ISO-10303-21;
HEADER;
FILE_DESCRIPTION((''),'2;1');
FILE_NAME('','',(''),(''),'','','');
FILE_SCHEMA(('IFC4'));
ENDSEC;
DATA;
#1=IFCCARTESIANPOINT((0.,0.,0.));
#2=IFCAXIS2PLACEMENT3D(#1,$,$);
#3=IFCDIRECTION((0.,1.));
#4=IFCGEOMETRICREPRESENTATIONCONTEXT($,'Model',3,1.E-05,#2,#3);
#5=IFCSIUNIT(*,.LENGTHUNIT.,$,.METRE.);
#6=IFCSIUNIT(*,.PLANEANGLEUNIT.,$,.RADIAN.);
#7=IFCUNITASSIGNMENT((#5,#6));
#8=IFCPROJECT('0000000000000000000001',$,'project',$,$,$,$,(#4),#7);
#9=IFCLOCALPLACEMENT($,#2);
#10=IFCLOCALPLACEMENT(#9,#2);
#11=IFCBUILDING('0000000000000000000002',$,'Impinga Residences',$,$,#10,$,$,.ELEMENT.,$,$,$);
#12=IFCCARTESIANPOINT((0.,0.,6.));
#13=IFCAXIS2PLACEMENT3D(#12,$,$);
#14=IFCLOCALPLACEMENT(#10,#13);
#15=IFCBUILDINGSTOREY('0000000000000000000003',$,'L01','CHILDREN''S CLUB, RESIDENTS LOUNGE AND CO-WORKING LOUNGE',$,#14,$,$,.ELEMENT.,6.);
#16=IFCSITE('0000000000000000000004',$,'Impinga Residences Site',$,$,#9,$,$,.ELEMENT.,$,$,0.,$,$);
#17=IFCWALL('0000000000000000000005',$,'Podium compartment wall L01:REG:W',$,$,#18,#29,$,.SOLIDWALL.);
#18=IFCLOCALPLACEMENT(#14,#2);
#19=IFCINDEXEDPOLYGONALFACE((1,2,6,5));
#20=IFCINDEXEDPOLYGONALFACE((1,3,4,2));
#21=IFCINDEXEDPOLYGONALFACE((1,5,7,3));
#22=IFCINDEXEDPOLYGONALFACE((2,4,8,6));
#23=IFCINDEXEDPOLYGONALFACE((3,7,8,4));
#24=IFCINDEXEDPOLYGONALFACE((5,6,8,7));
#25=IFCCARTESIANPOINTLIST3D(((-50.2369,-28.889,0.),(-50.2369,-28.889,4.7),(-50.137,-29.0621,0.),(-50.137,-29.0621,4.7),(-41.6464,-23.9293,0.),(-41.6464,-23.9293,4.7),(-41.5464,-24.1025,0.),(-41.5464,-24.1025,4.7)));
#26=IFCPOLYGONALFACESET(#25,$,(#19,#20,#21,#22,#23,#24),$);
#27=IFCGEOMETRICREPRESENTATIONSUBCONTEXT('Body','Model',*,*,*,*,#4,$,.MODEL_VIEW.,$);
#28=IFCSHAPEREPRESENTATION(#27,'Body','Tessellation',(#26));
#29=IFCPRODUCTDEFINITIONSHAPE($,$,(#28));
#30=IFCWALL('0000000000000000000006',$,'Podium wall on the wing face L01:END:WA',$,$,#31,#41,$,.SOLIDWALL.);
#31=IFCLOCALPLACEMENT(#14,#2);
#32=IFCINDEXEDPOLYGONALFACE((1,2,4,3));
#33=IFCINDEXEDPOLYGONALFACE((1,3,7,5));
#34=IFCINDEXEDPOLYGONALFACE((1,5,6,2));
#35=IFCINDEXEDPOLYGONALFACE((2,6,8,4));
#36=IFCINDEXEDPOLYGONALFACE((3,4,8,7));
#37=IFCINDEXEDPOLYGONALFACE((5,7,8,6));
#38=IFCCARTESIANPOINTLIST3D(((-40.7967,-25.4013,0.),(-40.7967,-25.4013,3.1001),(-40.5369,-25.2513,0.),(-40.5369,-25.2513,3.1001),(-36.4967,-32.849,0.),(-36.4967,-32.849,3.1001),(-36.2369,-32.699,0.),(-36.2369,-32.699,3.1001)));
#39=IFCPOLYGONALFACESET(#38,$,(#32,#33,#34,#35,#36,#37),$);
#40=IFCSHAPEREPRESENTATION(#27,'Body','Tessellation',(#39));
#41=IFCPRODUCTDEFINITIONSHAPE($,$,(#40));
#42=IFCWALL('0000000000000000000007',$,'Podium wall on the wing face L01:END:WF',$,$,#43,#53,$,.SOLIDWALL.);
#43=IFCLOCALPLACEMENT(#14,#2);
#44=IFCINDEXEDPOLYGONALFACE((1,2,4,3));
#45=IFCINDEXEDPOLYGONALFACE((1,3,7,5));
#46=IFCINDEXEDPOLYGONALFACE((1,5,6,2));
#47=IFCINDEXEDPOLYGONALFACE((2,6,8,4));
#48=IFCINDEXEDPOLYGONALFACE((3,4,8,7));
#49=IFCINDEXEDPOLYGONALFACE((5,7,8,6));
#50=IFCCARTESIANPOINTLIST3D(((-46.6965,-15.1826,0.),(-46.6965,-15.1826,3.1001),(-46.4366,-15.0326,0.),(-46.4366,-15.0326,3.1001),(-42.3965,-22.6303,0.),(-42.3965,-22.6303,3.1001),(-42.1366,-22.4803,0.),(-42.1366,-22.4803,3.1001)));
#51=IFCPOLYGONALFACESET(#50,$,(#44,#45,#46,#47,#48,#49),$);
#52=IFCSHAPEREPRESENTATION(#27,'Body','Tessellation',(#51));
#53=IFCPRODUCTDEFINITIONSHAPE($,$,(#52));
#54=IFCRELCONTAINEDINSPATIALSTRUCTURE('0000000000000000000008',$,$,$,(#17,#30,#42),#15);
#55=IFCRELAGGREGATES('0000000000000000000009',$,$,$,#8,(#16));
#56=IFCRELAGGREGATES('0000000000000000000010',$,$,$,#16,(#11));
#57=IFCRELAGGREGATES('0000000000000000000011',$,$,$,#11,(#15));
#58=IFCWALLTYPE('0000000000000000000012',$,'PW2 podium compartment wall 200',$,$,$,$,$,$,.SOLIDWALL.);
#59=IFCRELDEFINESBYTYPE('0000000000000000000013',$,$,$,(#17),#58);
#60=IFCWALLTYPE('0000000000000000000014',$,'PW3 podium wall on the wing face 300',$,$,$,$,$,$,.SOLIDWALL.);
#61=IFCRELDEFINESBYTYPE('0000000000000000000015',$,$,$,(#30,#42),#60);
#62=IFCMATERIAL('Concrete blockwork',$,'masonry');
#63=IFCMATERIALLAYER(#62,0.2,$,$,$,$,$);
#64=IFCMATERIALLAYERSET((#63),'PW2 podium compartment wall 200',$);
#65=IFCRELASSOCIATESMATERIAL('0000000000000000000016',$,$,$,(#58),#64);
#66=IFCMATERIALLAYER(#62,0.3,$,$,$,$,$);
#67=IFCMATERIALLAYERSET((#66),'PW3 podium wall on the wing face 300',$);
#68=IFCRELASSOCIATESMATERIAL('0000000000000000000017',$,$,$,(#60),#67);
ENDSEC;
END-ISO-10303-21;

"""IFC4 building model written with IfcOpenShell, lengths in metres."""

from ifc_helpers import new_model, si_unit, direction, frame, frame_2d, origin, place, context, subcontext, project, spatial, rectangle, extrude, material, layer, layer_set, type_object, element, save


model = new_model("IFC4")

# Units and contexts
model_context = context("Model", 3, precision=1e-05, world=origin(), true_north=direction((0.0, 1.0)))
body_context = subcontext(model_context, "Body", "Model", "MODEL_VIEW")
ifc_project = project(units=[si_unit("LENGTHUNIT", "METRE"), si_unit("PLANEANGLEUNIT", "RADIAN")], contexts=[model_context])

# Site, building, storey
site_placement = place(None, origin())
site = spatial("IfcSite", under=ifc_project, at=site_placement, Name="Impinga Residences Site", CompositionType="ELEMENT", RefElevation=0.0)
building_placement = place(site_placement, origin())
building = spatial("IfcBuilding", under=site, at=building_placement, Name="Impinga Residences", CompositionType="ELEMENT")
storey_placement = place(building_placement, frame((0.0, 0.0, 6.0)))
storey = spatial("IfcBuildingStorey", under=building, at=storey_placement, Name="L01", Description="CHILDREN'S CLUB, RESIDENTS LOUNGE AND CO-WORKING LOUNGE", CompositionType="ELEMENT", Elevation=6.0)

# Walls
ifc_material_1 = material(Name="Concrete blockwork", Category="masonry")
ifc_layer_1 = layer(ifc_material_1, 0.2)
ifc_layer_set_1 = layer_set([ifc_layer_1], Name="PW2 podium compartment wall 200")
wall_type_1 = type_object("IfcWallType", Name="PW2 podium compartment wall 200", PredefinedType="SOLIDWALL", material=ifc_layer_set_1)
wall_placement = place(storey_placement, frame((-41.5964, -24.0159, 0.0), z_axis=(0.0, 0.0, 1.0), x_axis=(-0.866028, -0.499996, 0.0)))
element("IfcWall", 1, at=wall_placement, inside=storey, type_object=wall_type_1, Name="Podium compartment wall L01:REG:W", PredefinedType="SOLIDWALL", context=body_context, shape_type="SweptSolid", body=[
    extrude(rectangle(XDim=9.9194, YDim=0.2, at=frame_2d((4.9597, 0.0))), origin(), (0.0, 0.0, 1.0), 4.7),
])
ifc_layer_2 = layer(ifc_material_1, 0.3)
ifc_layer_set_2 = layer_set([ifc_layer_2], Name="PW3 podium wall on the wing face 300")
wall_type_2 = type_object("IfcWallType", Name="PW3 podium wall on the wing face 300", PredefinedType="SOLIDWALL", material=ifc_layer_set_2)
for number, where, z_axis, x_axis, name in (
    (2, (-40.6667, -25.3264, 0.0), (0.0, 0.0, 1.0), (0.500008, -0.866021, 0.0), "Podium wall on the wing face L01:END:WA"),
    (3, (-42.2666, -22.5552, 0.0), (0.0, 0.0, 1.0), (-0.500008, 0.866021, 0.0), "Podium wall on the wing face L01:END:WF"),
):
    element("IfcWall", number, at=place(storey_placement, frame(where, z_axis=z_axis, x_axis=x_axis)), inside=storey, type_object=wall_type_2, Name=name, PredefinedType="SOLIDWALL", context=body_context, shape_type="SweptSolid", body=[
        extrude(rectangle(XDim=8.5999, YDim=0.3, at=frame_2d((4.2998, 0.0))), origin(), (0.0, 0.0, 1.0), 3.1001),
    ])

save(model, "model.ifc")
